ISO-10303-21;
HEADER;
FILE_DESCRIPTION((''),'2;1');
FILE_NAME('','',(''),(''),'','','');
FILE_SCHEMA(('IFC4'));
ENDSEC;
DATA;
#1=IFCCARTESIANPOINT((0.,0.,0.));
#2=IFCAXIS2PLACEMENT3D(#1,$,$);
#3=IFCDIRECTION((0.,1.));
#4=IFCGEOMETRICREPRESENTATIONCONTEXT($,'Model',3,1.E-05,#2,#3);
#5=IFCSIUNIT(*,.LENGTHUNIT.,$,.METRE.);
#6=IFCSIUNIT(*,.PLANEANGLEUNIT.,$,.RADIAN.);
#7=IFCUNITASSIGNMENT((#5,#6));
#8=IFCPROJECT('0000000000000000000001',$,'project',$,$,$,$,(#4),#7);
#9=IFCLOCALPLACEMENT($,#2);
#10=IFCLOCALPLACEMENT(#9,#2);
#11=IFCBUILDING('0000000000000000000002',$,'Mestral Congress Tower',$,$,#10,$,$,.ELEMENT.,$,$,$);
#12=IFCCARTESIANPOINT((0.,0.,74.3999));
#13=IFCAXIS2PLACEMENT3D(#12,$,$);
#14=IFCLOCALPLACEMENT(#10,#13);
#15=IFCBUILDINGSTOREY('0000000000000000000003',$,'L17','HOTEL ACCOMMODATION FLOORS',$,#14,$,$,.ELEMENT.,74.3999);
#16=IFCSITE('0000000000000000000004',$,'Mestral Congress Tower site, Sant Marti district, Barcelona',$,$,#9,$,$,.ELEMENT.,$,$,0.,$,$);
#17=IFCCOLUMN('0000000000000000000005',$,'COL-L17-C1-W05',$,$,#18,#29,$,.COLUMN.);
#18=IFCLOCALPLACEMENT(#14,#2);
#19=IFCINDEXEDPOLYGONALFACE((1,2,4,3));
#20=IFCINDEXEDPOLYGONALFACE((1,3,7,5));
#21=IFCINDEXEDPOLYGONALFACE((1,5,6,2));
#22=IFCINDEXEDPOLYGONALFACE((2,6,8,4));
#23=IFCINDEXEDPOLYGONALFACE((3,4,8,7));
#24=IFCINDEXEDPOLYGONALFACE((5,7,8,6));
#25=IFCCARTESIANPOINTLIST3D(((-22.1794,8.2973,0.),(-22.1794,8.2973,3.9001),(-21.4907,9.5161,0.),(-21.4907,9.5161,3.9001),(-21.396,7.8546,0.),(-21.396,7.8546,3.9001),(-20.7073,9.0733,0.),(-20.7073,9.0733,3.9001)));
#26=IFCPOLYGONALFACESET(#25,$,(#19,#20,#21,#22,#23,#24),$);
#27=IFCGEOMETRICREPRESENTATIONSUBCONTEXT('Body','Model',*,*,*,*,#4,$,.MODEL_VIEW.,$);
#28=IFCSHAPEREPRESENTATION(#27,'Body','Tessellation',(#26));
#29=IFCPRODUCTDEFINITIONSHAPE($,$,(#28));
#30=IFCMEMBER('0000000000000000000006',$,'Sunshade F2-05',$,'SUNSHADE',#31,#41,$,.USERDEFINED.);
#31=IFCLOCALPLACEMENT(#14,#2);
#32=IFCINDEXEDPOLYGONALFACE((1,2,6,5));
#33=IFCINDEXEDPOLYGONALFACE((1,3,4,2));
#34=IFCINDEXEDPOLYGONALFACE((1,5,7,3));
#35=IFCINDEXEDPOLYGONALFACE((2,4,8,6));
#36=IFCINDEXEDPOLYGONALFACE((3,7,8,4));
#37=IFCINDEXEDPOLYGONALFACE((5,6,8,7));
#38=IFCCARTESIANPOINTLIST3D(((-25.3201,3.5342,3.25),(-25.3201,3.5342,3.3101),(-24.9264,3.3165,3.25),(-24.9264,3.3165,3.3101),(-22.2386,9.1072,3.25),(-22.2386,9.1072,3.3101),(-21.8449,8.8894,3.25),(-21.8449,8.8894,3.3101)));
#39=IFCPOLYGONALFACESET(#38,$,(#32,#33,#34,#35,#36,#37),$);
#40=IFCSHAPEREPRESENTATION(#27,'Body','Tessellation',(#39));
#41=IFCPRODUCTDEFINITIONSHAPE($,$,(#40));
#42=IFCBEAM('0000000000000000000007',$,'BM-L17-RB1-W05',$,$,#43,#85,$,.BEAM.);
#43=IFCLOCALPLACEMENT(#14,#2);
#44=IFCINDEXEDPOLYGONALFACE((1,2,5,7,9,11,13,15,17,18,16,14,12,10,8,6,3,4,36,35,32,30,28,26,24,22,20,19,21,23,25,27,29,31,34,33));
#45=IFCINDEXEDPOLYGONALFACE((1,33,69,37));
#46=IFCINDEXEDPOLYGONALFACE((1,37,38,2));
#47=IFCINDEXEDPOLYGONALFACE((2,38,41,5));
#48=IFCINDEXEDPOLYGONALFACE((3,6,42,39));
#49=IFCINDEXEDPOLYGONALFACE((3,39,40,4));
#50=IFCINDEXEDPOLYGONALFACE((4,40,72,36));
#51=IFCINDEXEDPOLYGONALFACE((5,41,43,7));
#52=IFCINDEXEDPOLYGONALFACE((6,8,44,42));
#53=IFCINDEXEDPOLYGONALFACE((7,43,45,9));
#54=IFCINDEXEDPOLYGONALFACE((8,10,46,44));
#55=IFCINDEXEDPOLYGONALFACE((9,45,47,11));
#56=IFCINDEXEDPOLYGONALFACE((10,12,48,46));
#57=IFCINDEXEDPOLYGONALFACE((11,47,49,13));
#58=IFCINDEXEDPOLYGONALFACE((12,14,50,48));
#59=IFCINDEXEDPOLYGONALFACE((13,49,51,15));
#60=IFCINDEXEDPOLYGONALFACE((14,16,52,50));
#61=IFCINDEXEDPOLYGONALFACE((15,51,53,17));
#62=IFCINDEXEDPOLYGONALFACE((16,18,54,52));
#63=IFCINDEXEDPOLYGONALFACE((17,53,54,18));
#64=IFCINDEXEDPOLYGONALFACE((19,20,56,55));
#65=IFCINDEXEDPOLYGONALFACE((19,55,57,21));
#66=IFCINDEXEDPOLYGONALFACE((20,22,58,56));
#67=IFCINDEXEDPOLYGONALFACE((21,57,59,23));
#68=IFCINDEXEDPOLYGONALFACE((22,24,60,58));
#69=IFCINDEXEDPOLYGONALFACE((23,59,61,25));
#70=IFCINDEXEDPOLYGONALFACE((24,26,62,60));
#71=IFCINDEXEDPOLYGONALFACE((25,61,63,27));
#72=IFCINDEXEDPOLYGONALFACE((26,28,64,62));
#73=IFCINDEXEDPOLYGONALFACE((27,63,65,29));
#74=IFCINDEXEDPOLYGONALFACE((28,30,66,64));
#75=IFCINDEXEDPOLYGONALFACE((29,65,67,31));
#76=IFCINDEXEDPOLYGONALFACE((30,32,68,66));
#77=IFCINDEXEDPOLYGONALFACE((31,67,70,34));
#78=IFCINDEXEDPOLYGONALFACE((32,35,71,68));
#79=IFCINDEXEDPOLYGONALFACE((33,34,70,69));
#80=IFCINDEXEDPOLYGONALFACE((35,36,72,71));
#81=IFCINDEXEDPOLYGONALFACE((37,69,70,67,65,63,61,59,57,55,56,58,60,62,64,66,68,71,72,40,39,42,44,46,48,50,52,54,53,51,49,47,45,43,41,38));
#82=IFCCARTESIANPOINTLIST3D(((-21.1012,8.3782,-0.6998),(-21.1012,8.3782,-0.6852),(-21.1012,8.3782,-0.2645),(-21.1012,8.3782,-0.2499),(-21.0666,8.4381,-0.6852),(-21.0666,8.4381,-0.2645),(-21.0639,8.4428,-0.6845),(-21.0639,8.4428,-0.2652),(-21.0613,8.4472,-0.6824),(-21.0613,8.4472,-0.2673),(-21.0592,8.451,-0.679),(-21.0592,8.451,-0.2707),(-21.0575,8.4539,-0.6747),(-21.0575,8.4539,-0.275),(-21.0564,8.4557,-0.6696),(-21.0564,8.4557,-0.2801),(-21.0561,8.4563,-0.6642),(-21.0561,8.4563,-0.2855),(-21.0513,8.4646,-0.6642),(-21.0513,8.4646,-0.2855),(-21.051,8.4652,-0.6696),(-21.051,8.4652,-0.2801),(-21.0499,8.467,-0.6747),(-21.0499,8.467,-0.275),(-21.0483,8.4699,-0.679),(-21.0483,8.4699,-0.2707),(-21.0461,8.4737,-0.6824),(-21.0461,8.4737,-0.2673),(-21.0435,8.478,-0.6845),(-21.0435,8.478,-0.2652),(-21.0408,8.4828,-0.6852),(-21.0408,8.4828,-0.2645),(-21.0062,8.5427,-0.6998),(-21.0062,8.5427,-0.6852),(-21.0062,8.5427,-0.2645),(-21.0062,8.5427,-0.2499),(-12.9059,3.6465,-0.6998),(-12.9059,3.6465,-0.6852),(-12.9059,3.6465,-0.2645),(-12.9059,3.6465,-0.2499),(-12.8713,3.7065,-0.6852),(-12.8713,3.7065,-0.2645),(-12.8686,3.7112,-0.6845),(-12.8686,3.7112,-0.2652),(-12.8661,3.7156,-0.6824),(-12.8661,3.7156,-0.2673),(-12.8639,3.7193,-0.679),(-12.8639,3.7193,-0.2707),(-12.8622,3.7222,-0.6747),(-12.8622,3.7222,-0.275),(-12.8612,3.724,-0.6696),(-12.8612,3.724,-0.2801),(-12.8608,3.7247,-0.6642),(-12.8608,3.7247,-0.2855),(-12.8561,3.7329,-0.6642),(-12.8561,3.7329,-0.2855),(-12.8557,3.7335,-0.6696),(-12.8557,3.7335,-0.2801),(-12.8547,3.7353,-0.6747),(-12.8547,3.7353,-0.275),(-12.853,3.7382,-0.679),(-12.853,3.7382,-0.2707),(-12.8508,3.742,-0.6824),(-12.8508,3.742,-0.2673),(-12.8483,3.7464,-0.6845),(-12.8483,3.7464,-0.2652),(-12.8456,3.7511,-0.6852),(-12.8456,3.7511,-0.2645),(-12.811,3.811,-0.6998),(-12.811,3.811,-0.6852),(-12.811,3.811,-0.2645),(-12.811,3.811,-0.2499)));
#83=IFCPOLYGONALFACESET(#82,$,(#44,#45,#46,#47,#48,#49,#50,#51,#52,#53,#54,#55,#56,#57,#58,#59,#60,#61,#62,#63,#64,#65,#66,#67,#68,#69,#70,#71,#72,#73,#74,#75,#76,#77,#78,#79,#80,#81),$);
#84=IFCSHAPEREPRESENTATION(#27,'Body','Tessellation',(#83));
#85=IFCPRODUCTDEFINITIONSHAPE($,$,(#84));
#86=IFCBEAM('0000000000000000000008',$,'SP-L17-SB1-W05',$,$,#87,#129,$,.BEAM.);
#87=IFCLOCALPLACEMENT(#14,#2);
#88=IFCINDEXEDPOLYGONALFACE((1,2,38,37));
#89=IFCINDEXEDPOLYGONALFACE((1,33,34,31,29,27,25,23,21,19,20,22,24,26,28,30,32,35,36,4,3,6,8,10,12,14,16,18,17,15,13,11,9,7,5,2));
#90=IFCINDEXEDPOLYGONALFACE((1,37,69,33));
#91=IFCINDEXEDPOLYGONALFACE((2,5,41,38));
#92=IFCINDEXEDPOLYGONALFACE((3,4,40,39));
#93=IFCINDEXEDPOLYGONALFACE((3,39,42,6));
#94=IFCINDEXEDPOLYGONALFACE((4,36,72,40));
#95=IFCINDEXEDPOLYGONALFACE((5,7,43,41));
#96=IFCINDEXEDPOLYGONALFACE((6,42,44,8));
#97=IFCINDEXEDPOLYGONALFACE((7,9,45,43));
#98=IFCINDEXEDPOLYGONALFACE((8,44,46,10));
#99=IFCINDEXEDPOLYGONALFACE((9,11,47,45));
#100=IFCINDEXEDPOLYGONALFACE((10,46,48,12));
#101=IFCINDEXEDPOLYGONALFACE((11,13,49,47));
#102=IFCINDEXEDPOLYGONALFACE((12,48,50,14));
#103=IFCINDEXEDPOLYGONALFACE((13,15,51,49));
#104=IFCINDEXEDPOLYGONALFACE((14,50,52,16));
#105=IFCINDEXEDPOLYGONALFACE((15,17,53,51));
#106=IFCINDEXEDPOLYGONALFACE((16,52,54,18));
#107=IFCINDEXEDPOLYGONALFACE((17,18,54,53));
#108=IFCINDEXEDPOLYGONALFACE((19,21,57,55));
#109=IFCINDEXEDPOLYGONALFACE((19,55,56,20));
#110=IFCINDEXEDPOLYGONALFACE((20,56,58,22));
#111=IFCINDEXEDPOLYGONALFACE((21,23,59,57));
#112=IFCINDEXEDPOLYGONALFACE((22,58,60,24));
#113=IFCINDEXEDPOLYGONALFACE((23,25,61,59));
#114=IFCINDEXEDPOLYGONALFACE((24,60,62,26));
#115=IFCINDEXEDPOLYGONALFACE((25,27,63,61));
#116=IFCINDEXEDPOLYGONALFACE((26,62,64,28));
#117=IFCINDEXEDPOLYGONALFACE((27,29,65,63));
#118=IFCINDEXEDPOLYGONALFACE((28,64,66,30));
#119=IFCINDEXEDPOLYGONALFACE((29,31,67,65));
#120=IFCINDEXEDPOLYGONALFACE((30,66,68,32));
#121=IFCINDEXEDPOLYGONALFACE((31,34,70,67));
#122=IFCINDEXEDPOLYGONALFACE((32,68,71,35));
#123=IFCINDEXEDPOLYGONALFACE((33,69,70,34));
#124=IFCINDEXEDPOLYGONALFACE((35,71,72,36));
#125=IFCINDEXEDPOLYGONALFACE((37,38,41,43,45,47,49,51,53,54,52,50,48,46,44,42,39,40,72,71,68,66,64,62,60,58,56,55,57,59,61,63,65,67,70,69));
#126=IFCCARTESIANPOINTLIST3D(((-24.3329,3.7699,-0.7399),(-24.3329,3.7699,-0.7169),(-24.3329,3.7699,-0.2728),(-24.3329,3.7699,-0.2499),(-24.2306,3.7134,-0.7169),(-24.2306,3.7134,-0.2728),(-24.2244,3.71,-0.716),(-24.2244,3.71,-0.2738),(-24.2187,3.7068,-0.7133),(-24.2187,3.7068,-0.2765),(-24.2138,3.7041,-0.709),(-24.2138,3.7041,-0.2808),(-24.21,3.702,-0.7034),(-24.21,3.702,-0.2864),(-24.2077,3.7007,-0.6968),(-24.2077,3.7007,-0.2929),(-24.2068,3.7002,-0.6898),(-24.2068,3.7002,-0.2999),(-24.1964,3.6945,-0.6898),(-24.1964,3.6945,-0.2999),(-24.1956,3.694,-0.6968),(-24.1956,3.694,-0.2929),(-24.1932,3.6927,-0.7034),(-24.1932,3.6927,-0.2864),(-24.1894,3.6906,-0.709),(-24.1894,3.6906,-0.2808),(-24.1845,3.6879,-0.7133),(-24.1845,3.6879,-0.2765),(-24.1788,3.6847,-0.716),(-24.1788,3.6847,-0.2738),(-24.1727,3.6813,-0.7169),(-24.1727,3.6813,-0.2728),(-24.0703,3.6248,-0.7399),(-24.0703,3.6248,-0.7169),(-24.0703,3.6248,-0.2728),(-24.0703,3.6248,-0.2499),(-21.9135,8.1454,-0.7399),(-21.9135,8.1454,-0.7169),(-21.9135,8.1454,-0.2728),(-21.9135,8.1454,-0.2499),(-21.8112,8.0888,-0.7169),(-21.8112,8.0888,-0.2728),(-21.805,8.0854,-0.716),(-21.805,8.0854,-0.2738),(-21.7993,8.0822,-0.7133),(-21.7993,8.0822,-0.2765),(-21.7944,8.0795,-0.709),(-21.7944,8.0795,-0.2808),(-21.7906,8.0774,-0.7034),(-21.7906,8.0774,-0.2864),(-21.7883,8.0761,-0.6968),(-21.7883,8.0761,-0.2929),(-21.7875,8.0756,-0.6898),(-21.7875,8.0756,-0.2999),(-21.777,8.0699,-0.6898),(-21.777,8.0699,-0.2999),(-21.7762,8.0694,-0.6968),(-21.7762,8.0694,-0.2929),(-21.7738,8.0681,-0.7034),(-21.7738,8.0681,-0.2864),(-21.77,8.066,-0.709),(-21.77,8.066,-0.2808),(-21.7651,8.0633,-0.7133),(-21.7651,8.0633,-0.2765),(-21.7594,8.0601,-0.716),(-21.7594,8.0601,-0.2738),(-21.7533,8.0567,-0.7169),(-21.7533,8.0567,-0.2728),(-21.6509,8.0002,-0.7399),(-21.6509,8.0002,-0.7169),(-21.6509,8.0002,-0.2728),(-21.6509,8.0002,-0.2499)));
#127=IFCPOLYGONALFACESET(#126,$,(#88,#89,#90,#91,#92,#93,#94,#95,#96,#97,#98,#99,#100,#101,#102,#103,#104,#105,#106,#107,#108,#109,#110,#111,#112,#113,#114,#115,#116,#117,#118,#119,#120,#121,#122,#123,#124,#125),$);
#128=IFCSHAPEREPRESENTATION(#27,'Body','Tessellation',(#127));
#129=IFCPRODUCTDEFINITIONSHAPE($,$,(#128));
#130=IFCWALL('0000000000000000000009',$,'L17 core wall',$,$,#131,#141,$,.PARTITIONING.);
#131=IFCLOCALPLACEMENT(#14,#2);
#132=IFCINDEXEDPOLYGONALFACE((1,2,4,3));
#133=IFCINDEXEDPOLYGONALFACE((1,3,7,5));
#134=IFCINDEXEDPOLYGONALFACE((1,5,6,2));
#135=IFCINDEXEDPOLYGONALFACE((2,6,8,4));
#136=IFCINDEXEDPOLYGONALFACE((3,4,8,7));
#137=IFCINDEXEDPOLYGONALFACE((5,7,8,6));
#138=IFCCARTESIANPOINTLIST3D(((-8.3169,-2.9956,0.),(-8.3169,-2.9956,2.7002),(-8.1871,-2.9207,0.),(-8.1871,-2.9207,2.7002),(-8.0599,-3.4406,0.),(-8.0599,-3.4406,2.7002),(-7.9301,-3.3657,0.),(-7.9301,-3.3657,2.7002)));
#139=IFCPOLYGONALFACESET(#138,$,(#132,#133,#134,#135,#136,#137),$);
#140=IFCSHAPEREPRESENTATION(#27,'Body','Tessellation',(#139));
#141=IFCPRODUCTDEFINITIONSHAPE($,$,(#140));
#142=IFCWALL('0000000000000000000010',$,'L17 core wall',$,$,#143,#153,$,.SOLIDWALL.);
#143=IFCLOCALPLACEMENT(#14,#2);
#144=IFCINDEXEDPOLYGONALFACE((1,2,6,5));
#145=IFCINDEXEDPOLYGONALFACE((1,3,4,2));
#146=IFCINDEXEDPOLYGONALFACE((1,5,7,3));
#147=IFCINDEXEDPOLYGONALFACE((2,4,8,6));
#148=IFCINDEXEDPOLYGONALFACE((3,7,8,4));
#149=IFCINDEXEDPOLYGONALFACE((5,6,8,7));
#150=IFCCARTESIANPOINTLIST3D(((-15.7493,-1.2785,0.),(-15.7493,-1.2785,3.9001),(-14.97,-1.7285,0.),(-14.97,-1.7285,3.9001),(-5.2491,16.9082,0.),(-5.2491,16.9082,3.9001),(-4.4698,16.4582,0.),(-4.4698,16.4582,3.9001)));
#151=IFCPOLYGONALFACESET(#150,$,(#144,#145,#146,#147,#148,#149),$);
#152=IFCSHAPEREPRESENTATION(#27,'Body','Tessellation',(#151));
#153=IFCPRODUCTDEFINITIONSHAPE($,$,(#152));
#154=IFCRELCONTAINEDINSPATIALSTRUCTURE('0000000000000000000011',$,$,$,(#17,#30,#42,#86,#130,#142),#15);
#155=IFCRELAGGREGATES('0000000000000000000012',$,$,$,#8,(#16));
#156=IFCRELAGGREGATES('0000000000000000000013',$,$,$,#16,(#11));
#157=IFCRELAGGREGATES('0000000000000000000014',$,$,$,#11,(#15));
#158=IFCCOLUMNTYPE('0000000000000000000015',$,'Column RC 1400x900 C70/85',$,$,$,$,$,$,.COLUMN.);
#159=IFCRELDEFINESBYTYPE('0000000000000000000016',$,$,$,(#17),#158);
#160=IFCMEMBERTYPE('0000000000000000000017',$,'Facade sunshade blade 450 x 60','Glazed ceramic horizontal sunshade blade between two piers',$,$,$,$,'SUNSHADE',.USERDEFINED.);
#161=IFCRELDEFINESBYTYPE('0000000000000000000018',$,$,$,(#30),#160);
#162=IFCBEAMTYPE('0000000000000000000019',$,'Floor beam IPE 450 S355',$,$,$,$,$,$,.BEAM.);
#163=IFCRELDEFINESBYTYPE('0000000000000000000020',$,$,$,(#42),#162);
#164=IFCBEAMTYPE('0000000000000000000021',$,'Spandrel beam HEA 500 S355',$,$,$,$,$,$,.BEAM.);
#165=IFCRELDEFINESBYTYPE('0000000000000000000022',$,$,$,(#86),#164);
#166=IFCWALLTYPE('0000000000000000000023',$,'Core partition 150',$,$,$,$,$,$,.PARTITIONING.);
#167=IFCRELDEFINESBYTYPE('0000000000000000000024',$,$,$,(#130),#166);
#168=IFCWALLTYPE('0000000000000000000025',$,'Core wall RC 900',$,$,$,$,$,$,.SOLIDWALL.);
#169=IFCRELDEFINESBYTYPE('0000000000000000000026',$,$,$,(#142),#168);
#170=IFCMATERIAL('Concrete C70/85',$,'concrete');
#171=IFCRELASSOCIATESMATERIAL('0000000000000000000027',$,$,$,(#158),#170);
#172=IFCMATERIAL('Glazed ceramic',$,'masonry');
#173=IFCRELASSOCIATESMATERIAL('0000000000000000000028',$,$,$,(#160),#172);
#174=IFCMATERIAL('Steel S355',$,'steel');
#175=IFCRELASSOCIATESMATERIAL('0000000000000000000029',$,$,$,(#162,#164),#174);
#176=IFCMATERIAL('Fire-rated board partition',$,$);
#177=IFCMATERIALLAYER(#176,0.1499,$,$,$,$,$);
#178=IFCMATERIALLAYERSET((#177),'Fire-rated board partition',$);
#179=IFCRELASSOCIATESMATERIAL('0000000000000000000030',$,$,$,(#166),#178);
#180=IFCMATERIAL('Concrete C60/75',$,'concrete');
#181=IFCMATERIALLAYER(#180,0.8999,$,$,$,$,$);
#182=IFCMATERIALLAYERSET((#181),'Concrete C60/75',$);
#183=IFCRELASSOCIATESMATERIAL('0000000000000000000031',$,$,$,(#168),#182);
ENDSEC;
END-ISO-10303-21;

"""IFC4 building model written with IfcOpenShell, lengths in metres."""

from ifc_helpers import new_model, si_unit, direction, frame, frame_2d, origin, origin_2d, place, context, subcontext, project, spatial, rectangle, i_section, extrude, material, layer, layer_set, material_profile, profile_set, type_object, element, save


model = new_model("IFC4")

# Units and contexts
model_context = context("Model", 3, precision=1e-05, world=origin(), true_north=direction((0.0, 1.0)))
body_context = subcontext(model_context, "Body", "Model", "MODEL_VIEW")
ifc_project = project(units=[si_unit("LENGTHUNIT", "METRE"), si_unit("PLANEANGLEUNIT", "RADIAN")], contexts=[model_context])

# Site, building, storey
site_placement = place(None, origin())
site = spatial("IfcSite", under=ifc_project, at=site_placement, Name="Mestral Congress Tower site, Sant Marti district, Barcelona", CompositionType="ELEMENT", RefElevation=0.0)
building_placement = place(site_placement, origin())
building = spatial("IfcBuilding", under=site, at=building_placement, Name="Mestral Congress Tower", CompositionType="ELEMENT")
storey_placement = place(building_placement, frame((0.0, 0.0, 74.3999)))
storey = spatial("IfcBuildingStorey", under=building, at=storey_placement, Name="L17", Description="HOTEL ACCOMMODATION FLOORS", CompositionType="ELEMENT", Elevation=74.3999)

# Column
ifc_material_1 = material(Name="Concrete C70/85", Category="concrete")
ifc_material_profile_1 = material_profile(ifc_material_1, rectangle(XDim=1.3999, YDim=0.8999, at=origin_2d()), Name="RC 1400x900")
ifc_profile_set_1 = profile_set([ifc_material_profile_1], Name="Concrete C70/85")
column_type = type_object("IfcColumnType", Name="Column RC 1400x900 C70/85", PredefinedType="COLUMN", material=ifc_profile_set_1)
column_placement = place(storey_placement, frame((-21.4434, 8.6853, 0.0), z_axis=(0.0, 0.0, 1.0), x_axis=(-0.491974, -0.87061, 0.0)))
element("IfcColumn", 1, at=column_placement, inside=storey, type_object=column_type, Name="COL-L17-C1-W05", PredefinedType="COLUMN", context=body_context, shape_type="SweptSolid", body=[
    extrude(rectangle(XDim=1.3999, YDim=0.8999, at=origin_2d()), origin(), (0.0, 0.0, 1.0), 3.9001),
])

# Member
ifc_material_2 = material(Name="Glazed ceramic", Category="masonry")
ifc_material_profile_2 = material_profile(ifc_material_2, rectangle(XDim=0.45, YDim=0.0601, at=origin_2d()), Name="Ceramic blade 450 x 60")
ifc_profile_set_2 = profile_set([ifc_material_profile_2], Name="Glazed ceramic")
member_type = type_object("IfcMemberType", Name="Facade sunshade blade 450 x 60", Description="Glazed ceramic horizontal sunshade blade between two piers", ElementType="SUNSHADE", PredefinedType="USERDEFINED", material=ifc_profile_set_2)
member_placement = place(storey_placement, frame((-22.0417, 8.9983, 3.28), z_axis=(-0.483894, -0.875127, 0.0), x_axis=(0.875127, -0.483894, 0.0)))
element("IfcMember", 2, at=member_placement, inside=storey, type_object=member_type, Name="Sunshade F2-05", ObjectType="SUNSHADE", PredefinedType="USERDEFINED", context=body_context, shape_type="SweptSolid", body=[
    extrude(rectangle(XDim=0.45, YDim=0.0601, at=origin_2d()), origin(), (0.0, 0.0, 1.0), 6.3682),
])

# Beams
ifc_material_3 = material(Name="Steel S355", Category="steel")
ifc_material_profile_3 = material_profile(ifc_material_3, i_section(OverallWidth=0.1899, OverallDepth=0.45, WebThickness=0.0095, FlangeThickness=0.0146, FilletRadius=0.021, at=origin_2d()), Name="IPE 450")
ifc_profile_set_3 = profile_set([ifc_material_profile_3], Name="Steel S355")
beam_type_1 = type_object("IfcBeamType", Name="Floor beam IPE 450 S355", PredefinedType="BEAM", material=ifc_profile_set_3)
beam_1_placement = place(storey_placement, frame((-21.0537, 8.4604, -0.4749), z_axis=(0.86602, -0.50001, 0.0), x_axis=(0.50001, 0.86602, 0.0)))
element("IfcBeam", 3, at=beam_1_placement, inside=storey, type_object=beam_type_1, Name="BM-L17-RB1-W05", PredefinedType="BEAM", context=body_context, shape_type="SweptSolid", body=[
    extrude(i_section(OverallWidth=0.1899, OverallDepth=0.45, WebThickness=0.0095, FlangeThickness=0.0146, FilletRadius=0.021, at=origin_2d()), origin(), (0.0, 0.0, 1.0), 9.4631),
])
ifc_material_profile_4 = material_profile(ifc_material_3, i_section(OverallWidth=0.3, OverallDepth=0.49, WebThickness=0.012, FlangeThickness=0.0229, FilletRadius=0.0271, at=origin_2d()), Name="HEA 500")
ifc_profile_set_4 = profile_set([ifc_material_profile_4], Name="Steel S355")
beam_type_2 = type_object("IfcBeamType", Name="Spandrel beam HEA 500 S355", PredefinedType="BEAM", material=ifc_profile_set_4)
beam_2_placement = place(storey_placement, frame((-21.7822, 8.0728, -0.4949), z_axis=(-0.483901, -0.875123, 0.0), x_axis=(0.875123, -0.483901, 0.0)))
element("IfcBeam", 4, at=beam_2_placement, inside=storey, type_object=beam_type_2, Name="SP-L17-SB1-W05", PredefinedType="BEAM", context=body_context, shape_type="SweptSolid", body=[
    extrude(i_section(OverallWidth=0.3, OverallDepth=0.49, WebThickness=0.012, FlangeThickness=0.0229, FilletRadius=0.0271, at=origin_2d()), origin(), (0.0, 0.0, 1.0), 4.9998),
])

# Walls
ifc_material_4 = material(Name="Fire-rated board partition")
ifc_layer_1 = layer(ifc_material_4, 0.1499)
ifc_layer_set_1 = layer_set([ifc_layer_1], Name="Fire-rated board partition")
wall_type_1 = type_object("IfcWallType", Name="Core partition 150", PredefinedType="PARTITIONING", material=ifc_layer_set_1)
wall_1_placement = place(storey_placement, frame((-8.252, -2.9583, 0.0), z_axis=(0.0, 0.0, 1.0), x_axis=(0.500175, -0.865925, 0.0)))
element("IfcWall", 5, at=wall_1_placement, inside=storey, type_object=wall_type_1, Name="L17 core wall", PredefinedType="PARTITIONING", context=body_context, shape_type="SweptSolid", body=[
    extrude(rectangle(XDim=0.5139, YDim=0.1499, at=frame_2d((0.2568, 0.0))), origin(), (0.0, 0.0, 1.0), 2.7002),
])
ifc_material_5 = material(Name="Concrete C60/75", Category="concrete")
ifc_layer_2 = layer(ifc_material_5, 0.8999)
ifc_layer_set_2 = layer_set([ifc_layer_2], Name="Concrete C60/75")
wall_type_2 = type_object("IfcWallType", Name="Core wall RC 900", PredefinedType="SOLIDWALL", material=ifc_layer_set_2)
wall_2_placement = place(storey_placement, frame((-15.3596, -1.5034, 0.0), z_axis=(0.0, 0.0, 1.0), x_axis=(0.500004, 0.866023, 0.0)))
element("IfcWall", 6, at=wall_2_placement, inside=storey, type_object=wall_type_2, Name="L17 core wall", PredefinedType="SOLIDWALL", context=body_context, shape_type="SweptSolid", body=[
    extrude(rectangle(XDim=21.0002, YDim=0.8999, at=frame_2d((10.5, 0.0))), origin(), (0.0, 0.0, 1.0), 3.9001),
])

save(model, "model.ifc")
